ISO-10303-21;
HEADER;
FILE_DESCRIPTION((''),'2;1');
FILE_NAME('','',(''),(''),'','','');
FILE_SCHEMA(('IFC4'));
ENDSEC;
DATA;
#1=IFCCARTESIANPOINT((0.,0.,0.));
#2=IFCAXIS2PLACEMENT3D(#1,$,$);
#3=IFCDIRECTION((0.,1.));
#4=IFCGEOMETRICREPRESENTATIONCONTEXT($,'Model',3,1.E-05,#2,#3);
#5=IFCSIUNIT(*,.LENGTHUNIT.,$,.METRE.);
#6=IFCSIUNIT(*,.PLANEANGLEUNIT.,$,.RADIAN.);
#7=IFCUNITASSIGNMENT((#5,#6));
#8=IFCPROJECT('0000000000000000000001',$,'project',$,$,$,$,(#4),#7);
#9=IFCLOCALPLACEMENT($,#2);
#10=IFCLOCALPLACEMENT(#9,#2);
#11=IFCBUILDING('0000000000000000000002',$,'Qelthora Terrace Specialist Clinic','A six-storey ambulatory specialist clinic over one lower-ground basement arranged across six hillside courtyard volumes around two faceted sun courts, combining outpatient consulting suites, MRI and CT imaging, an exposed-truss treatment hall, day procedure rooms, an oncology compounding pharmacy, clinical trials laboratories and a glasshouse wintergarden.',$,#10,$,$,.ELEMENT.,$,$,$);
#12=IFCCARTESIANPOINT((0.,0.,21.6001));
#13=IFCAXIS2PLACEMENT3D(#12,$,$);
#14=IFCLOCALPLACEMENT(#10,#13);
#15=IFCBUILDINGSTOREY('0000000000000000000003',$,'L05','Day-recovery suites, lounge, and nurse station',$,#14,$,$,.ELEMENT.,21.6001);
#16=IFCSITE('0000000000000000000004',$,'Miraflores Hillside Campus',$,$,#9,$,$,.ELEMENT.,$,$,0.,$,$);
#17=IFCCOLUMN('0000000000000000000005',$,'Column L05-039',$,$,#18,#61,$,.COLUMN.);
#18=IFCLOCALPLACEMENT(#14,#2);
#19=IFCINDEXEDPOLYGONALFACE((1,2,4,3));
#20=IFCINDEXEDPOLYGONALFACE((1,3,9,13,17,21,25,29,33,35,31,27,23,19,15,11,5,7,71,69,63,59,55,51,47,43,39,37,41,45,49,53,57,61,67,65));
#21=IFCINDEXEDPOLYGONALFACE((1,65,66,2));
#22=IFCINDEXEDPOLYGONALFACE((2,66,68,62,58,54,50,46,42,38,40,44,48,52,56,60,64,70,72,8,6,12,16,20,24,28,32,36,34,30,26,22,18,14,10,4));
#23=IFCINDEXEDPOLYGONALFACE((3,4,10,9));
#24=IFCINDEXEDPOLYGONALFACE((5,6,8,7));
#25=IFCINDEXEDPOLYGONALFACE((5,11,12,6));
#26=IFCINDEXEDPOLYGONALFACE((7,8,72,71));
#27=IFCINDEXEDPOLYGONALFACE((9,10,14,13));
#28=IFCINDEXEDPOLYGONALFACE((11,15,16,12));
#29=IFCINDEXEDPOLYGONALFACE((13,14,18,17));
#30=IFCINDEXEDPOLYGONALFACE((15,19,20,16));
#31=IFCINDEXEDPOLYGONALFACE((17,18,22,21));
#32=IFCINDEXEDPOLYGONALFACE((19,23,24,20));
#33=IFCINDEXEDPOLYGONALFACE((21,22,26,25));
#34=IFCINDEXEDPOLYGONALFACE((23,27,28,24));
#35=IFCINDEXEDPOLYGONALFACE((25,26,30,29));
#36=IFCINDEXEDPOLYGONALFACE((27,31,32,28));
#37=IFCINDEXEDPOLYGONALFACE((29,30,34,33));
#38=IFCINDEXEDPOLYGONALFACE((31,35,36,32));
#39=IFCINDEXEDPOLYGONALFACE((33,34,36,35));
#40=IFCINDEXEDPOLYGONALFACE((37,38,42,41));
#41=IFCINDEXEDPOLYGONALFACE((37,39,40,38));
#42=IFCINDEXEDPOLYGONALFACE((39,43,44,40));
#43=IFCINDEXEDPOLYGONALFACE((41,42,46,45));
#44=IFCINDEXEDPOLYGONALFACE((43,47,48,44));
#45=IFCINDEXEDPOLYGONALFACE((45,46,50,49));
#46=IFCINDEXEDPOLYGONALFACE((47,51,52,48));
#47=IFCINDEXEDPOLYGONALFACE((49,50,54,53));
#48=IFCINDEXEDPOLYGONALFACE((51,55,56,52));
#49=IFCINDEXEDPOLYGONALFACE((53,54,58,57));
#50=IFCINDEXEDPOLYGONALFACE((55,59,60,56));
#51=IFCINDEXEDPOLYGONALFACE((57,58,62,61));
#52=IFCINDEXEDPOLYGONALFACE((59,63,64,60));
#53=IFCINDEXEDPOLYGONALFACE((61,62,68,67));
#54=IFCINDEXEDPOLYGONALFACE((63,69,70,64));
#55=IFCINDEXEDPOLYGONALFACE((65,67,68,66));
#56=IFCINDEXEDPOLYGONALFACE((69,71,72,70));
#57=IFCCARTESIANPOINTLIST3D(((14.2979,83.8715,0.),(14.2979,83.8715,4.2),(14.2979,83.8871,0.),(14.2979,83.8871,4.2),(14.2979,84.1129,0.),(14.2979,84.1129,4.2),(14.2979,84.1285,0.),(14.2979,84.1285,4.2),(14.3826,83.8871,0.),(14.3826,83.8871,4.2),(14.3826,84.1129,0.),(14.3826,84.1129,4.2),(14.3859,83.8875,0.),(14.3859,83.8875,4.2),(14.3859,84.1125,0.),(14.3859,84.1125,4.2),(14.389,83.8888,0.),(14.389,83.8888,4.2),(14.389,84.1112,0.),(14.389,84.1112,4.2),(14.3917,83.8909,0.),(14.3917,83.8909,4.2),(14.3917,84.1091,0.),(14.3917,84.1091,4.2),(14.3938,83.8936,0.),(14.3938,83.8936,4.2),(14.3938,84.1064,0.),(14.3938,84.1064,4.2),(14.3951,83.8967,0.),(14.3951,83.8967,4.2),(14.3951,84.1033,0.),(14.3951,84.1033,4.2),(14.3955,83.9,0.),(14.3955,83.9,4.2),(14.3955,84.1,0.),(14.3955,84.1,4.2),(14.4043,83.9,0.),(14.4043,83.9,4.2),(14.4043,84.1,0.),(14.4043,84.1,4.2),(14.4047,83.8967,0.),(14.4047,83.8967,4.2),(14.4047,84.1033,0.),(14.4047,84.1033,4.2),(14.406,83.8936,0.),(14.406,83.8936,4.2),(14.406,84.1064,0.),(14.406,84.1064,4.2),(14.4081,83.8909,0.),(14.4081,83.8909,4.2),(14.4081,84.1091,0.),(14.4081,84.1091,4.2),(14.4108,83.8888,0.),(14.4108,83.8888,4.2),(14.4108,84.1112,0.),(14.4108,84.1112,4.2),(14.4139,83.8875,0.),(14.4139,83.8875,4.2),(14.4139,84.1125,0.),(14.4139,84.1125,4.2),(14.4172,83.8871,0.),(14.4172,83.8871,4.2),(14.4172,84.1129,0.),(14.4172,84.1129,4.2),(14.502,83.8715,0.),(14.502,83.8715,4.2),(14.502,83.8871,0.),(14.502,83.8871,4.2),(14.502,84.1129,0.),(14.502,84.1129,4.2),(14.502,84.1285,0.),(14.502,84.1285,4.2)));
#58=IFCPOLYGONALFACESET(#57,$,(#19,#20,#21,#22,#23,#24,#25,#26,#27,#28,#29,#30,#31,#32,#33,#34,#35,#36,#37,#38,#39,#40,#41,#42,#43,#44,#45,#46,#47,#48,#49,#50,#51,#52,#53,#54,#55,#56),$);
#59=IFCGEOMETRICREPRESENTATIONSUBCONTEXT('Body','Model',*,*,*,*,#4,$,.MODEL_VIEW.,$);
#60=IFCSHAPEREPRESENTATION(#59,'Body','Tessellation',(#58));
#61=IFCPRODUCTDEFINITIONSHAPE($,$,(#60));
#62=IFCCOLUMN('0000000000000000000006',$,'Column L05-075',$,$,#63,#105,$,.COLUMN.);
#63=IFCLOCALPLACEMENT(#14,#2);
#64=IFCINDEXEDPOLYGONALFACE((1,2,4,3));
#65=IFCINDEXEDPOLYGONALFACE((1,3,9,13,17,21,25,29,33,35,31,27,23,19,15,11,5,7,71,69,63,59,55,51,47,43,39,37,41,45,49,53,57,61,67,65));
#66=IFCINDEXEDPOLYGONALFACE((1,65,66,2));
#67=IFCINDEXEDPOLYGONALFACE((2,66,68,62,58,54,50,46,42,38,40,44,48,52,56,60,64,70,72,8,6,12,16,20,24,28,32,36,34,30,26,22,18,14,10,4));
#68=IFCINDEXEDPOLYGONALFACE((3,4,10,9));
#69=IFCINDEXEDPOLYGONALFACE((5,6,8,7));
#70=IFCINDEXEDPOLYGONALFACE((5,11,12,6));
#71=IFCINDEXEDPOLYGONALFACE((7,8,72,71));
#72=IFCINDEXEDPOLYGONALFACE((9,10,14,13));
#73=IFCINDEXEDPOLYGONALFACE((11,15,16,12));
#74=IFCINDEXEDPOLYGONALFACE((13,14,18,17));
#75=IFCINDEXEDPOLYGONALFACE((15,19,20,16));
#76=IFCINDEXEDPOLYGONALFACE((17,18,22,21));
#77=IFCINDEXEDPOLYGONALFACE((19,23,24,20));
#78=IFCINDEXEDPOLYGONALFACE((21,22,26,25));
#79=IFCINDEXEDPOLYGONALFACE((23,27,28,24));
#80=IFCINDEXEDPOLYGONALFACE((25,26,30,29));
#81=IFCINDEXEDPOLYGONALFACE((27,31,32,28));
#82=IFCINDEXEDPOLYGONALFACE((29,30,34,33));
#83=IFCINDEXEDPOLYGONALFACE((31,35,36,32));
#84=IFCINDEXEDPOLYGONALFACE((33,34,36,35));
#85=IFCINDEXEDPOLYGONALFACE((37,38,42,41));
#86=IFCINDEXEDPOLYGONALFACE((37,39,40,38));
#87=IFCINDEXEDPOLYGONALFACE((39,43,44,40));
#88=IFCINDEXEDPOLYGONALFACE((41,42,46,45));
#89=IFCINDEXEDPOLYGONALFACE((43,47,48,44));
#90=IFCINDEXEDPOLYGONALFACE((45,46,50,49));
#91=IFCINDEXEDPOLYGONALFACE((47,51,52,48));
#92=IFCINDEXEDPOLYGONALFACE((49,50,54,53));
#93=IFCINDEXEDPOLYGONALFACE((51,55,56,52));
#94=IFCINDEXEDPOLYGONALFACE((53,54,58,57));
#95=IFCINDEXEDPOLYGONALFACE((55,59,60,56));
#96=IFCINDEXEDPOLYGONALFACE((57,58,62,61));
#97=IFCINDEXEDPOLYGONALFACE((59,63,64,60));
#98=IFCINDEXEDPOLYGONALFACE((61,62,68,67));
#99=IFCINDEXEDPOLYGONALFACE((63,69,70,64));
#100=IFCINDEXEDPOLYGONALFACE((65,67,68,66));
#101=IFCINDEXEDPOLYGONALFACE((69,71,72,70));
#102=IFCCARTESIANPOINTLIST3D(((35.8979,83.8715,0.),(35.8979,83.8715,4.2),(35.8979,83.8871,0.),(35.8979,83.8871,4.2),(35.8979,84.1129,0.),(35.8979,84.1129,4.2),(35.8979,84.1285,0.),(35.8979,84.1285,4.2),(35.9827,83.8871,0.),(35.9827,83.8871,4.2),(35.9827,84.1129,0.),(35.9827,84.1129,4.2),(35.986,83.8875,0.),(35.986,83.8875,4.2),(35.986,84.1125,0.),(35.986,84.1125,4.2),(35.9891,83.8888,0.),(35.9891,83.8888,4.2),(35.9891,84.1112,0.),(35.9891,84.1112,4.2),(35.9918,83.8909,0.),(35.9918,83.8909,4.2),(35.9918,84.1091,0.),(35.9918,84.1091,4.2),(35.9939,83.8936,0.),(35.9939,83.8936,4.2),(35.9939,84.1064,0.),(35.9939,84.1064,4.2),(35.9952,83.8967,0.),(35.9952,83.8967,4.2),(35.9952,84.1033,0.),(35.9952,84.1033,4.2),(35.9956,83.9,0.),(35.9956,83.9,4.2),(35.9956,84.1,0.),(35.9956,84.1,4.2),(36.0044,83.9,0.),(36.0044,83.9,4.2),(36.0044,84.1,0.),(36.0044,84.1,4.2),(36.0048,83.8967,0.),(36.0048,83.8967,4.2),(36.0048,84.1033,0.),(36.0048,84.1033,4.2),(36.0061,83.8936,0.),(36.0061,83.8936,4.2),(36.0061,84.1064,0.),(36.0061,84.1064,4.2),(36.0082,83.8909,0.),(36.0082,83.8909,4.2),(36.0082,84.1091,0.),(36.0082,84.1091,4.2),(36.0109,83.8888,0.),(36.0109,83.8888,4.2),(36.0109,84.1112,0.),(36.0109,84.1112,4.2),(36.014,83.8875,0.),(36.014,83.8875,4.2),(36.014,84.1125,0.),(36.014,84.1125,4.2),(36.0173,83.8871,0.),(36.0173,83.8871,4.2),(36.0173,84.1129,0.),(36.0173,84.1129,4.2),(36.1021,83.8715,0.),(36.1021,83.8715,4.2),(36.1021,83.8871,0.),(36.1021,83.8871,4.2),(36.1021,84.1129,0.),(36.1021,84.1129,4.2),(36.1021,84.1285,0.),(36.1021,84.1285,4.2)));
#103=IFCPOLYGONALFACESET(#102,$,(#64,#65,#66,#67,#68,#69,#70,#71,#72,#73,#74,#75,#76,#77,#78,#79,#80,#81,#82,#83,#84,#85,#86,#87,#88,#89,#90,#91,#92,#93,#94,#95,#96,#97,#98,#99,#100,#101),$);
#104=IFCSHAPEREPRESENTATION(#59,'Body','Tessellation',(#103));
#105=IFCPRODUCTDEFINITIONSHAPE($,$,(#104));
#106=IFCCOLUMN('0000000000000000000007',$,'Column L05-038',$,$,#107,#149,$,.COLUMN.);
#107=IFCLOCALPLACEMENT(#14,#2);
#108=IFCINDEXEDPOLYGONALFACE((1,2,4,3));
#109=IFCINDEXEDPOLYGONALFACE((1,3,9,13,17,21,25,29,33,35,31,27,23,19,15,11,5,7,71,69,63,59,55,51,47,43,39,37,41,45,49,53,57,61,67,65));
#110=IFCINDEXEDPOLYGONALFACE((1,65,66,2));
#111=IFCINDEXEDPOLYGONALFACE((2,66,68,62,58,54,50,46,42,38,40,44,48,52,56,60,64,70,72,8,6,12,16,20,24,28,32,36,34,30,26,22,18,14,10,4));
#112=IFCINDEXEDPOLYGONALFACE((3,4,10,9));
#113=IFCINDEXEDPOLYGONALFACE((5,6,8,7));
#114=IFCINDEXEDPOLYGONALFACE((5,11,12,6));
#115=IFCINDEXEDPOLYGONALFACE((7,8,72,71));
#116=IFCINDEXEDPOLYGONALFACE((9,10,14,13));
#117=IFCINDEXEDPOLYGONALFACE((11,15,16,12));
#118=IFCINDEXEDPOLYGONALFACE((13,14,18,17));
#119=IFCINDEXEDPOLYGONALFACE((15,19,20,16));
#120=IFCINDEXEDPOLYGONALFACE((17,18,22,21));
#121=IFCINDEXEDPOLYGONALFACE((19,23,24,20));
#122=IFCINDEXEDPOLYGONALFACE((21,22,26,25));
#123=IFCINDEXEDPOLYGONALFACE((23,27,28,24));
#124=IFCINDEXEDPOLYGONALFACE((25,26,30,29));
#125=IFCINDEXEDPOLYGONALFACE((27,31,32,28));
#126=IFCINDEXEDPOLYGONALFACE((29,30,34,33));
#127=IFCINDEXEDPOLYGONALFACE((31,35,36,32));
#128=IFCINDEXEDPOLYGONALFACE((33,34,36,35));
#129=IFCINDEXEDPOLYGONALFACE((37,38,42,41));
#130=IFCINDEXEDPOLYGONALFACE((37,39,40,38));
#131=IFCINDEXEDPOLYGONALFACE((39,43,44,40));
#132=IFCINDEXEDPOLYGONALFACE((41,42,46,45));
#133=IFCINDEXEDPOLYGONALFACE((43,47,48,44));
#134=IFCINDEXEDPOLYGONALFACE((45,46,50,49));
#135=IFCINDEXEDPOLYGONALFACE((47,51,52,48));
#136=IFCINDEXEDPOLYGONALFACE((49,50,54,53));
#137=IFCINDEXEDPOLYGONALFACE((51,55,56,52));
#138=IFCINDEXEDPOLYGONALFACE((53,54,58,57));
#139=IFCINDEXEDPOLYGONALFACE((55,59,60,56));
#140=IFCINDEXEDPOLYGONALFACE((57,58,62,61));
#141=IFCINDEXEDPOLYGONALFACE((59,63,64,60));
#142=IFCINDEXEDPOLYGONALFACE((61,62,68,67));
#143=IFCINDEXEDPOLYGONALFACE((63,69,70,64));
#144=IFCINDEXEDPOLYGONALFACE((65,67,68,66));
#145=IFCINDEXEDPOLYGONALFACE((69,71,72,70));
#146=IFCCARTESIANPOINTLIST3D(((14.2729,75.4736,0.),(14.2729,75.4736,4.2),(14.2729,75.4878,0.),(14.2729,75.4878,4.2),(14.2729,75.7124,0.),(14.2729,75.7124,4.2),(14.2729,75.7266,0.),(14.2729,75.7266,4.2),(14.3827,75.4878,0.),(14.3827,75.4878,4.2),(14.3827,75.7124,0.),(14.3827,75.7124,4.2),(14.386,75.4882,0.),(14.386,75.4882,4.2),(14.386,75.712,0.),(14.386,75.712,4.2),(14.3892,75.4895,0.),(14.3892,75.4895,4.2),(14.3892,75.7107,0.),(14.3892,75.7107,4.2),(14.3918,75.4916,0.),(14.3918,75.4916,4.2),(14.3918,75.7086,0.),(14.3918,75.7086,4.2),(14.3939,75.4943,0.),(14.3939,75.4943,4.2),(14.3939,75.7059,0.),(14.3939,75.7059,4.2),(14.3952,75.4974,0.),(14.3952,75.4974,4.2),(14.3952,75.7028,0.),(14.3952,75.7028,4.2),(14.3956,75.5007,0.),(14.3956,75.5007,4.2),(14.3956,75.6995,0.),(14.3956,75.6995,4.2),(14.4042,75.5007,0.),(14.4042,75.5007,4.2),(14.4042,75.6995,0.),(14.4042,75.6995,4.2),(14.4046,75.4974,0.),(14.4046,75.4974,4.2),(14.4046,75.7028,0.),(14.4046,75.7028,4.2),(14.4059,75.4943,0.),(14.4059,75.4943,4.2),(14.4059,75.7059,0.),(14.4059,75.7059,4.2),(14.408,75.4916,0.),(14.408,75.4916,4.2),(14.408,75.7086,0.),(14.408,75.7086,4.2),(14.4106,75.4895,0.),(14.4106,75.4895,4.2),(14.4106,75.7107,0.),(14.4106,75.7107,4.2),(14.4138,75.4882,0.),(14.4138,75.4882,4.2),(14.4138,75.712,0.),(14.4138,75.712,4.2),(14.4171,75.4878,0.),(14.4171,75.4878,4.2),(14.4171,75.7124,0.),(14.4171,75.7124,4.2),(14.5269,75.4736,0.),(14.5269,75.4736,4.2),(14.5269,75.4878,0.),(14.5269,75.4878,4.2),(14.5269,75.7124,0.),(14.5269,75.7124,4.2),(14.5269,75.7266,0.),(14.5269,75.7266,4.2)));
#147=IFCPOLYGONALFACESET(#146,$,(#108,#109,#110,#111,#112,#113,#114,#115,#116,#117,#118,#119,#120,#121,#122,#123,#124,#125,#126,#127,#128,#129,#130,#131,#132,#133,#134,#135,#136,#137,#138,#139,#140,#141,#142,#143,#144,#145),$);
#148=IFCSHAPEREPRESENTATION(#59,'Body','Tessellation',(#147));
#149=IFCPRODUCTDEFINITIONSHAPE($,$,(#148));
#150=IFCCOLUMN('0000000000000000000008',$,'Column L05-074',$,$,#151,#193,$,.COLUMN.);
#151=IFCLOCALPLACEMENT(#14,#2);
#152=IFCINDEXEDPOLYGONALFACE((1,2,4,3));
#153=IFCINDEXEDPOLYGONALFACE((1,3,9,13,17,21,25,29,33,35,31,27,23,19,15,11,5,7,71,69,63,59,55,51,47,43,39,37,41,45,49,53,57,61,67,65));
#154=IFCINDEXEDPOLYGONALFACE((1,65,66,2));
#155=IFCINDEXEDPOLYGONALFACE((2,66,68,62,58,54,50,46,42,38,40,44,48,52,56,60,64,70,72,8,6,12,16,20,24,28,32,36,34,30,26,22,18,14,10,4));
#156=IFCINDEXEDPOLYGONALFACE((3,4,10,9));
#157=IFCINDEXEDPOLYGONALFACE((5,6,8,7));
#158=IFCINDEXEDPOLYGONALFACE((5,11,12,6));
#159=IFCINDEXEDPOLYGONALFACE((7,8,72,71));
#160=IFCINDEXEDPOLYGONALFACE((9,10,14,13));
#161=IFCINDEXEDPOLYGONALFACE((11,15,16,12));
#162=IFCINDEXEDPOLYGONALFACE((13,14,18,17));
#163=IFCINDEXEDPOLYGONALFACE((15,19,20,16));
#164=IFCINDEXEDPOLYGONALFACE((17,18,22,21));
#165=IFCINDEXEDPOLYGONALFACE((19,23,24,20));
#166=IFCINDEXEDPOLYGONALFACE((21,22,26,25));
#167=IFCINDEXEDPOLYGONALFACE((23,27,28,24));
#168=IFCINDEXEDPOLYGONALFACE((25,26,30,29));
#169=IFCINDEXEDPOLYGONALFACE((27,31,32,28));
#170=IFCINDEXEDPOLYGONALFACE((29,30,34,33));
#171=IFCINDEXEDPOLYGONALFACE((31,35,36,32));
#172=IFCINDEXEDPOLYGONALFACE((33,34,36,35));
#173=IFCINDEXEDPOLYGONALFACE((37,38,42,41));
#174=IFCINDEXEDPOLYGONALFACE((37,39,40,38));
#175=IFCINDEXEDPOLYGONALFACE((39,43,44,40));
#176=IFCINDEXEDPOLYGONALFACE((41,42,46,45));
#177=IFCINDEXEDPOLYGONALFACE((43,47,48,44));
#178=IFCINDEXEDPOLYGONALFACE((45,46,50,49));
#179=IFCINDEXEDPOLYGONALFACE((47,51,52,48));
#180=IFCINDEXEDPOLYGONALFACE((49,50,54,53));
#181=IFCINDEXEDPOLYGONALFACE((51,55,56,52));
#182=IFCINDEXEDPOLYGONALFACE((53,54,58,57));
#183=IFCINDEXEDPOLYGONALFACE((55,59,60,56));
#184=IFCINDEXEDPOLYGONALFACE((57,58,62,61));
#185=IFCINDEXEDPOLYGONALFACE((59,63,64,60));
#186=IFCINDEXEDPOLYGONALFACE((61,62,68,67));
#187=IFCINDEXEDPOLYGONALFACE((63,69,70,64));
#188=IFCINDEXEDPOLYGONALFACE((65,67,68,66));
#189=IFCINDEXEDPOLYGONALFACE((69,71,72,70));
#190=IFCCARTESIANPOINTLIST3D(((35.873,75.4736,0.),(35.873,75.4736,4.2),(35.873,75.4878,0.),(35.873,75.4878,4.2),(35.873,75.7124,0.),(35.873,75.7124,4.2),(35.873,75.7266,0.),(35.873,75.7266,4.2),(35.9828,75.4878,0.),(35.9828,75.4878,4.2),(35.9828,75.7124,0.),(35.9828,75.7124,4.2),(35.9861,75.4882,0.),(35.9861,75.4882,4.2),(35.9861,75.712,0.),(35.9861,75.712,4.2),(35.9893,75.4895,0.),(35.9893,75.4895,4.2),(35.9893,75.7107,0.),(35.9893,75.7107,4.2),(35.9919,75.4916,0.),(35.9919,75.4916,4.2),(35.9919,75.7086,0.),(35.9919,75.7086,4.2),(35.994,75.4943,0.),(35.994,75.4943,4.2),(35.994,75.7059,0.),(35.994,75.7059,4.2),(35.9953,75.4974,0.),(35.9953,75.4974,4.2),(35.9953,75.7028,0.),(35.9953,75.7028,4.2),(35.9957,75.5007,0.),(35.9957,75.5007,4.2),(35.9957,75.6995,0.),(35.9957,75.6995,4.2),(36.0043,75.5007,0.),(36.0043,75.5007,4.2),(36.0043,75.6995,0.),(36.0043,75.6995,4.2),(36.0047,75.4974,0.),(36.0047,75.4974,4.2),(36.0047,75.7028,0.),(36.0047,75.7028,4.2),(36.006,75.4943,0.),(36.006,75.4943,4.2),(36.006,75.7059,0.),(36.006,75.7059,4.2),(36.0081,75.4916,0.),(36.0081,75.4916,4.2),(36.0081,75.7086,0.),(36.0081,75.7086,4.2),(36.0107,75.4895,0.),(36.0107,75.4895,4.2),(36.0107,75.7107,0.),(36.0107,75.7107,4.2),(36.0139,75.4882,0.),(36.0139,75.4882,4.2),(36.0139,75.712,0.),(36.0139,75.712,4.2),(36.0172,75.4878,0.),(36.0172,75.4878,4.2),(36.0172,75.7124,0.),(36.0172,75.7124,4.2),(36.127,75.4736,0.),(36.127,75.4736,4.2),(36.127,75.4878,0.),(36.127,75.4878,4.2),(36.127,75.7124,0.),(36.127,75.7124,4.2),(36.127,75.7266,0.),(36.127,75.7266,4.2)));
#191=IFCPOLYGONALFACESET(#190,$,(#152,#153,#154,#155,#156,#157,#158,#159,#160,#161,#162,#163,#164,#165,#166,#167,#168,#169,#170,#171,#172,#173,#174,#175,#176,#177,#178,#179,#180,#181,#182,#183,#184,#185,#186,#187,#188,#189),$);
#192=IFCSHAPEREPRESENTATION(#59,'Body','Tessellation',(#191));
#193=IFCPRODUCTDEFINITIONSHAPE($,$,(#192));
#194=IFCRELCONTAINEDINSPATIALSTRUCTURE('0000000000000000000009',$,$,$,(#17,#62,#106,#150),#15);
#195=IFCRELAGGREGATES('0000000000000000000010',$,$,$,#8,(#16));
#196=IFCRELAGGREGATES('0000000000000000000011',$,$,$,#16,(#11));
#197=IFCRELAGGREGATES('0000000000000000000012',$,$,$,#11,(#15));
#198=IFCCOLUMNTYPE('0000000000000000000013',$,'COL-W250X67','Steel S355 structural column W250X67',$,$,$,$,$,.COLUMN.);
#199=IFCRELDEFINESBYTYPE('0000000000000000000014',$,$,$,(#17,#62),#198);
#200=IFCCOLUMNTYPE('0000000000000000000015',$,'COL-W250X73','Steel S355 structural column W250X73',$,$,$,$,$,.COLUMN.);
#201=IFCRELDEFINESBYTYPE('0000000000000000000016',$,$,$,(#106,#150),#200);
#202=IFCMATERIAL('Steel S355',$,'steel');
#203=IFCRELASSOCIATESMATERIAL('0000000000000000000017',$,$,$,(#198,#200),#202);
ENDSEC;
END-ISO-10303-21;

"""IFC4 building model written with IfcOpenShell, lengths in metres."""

from ifc_helpers import new_model, si_unit, direction, frame, origin, origin_2d, place, context, subcontext, project, spatial, i_section, extrude, material, material_profile, profile_set, type_object, element, save


model = new_model("IFC4")

# Units and contexts
model_context = context("Model", 3, precision=1e-05, world=origin(), true_north=direction((0.0, 1.0)))
body_context = subcontext(model_context, "Body", "Model", "MODEL_VIEW")
ifc_project = project(units=[si_unit("LENGTHUNIT", "METRE"), si_unit("PLANEANGLEUNIT", "RADIAN")], contexts=[model_context])

# Site, building, storey
site_placement = place(None, origin())
site = spatial("IfcSite", under=ifc_project, at=site_placement, Name="Miraflores Hillside Campus", CompositionType="ELEMENT", RefElevation=0.0)
building_placement = place(site_placement, origin())
building = spatial("IfcBuilding", under=site, at=building_placement, Name="Qelthora Terrace Specialist Clinic", Description="A six-storey ambulatory specialist clinic over one lower-ground basement arranged across six hillside courtyard volumes around two faceted sun courts, combining outpatient consulting suites, MRI and CT imaging, an exposed-truss treatment hall, day procedure rooms, an oncology compounding pharmacy, clinical trials laboratories and a glasshouse wintergarden.", CompositionType="ELEMENT")
storey_placement = place(building_placement, frame((0.0, 0.0, 21.6001)))
storey = spatial("IfcBuildingStorey", under=building, at=storey_placement, Name="L05", Description="Day-recovery suites, lounge, and nurse station", CompositionType="ELEMENT", Elevation=21.6001)

# Columns
ifc_material_1 = material(Name="Steel S355", Category="steel")
ifc_material_profile_1 = material_profile(ifc_material_1, i_section(OverallWidth=0.2041, OverallDepth=0.2571, WebThickness=0.0088, FlangeThickness=0.0156, FilletRadius=0.0129, at=origin_2d()), Name="W250X67")
ifc_profile_set_1 = profile_set([ifc_material_profile_1], Name="Steel S355")
column_type_1 = type_object("IfcColumnType", Name="COL-W250X67", Description="Steel S355 structural column W250X67", PredefinedType="COLUMN", material=ifc_profile_set_1)
for number, where, z_axis, x_axis, name in (
    (1, (14.3999, 84.0, 0.0), (0.0, 0.0, 1.0), (1.0, 0.0, 0.0), "Column L05-039"),
    (2, (36.0, 84.0, 0.0), (0.0, 0.0, 1.0), (1.0, 0.0, 0.0), "Column L05-075"),
):
    element("IfcColumn", number, at=place(storey_placement, frame(where, z_axis=z_axis, x_axis=x_axis)), inside=storey, type_object=column_type_1, Name=name, PredefinedType="COLUMN", context=body_context, shape_type="SweptSolid", body=[
        extrude(i_section(OverallWidth=0.2041, OverallDepth=0.2571, WebThickness=0.0088, FlangeThickness=0.0156, FilletRadius=0.0129, at=origin_2d()), origin(), (0.0, 0.0, 1.0), 4.2),
    ])
ifc_material_profile_2 = material_profile(ifc_material_1, i_section(OverallWidth=0.2539, OverallDepth=0.2529, WebThickness=0.0085, FlangeThickness=0.0142, FilletRadius=0.0129, at=origin_2d()), Name="W250X73")
ifc_profile_set_2 = profile_set([ifc_material_profile_2], Name="Steel S355")
column_type_2 = type_object("IfcColumnType", Name="COL-W250X73", Description="Steel S355 structural column W250X73", PredefinedType="COLUMN", material=ifc_profile_set_2)
for number, where, z_axis, x_axis, name in (
    (3, (14.3999, 75.6001, 0.0), (0.0, 0.0, 1.0), (1.0, 0.0, 0.0), "Column L05-038"),
    (4, (36.0, 75.6001, 0.0), (0.0, 0.0, 1.0), (1.0, 0.0, 0.0), "Column L05-074"),
):
    element("IfcColumn", number, at=place(storey_placement, frame(where, z_axis=z_axis, x_axis=x_axis)), inside=storey, type_object=column_type_2, Name=name, PredefinedType="COLUMN", context=body_context, shape_type="SweptSolid", body=[
        extrude(i_section(OverallWidth=0.2539, OverallDepth=0.2529, WebThickness=0.0085, FlangeThickness=0.0142, FilletRadius=0.0129, at=origin_2d()), origin(), (0.0, 0.0, 1.0), 4.2),
    ])

save(model, "model.ifc")
